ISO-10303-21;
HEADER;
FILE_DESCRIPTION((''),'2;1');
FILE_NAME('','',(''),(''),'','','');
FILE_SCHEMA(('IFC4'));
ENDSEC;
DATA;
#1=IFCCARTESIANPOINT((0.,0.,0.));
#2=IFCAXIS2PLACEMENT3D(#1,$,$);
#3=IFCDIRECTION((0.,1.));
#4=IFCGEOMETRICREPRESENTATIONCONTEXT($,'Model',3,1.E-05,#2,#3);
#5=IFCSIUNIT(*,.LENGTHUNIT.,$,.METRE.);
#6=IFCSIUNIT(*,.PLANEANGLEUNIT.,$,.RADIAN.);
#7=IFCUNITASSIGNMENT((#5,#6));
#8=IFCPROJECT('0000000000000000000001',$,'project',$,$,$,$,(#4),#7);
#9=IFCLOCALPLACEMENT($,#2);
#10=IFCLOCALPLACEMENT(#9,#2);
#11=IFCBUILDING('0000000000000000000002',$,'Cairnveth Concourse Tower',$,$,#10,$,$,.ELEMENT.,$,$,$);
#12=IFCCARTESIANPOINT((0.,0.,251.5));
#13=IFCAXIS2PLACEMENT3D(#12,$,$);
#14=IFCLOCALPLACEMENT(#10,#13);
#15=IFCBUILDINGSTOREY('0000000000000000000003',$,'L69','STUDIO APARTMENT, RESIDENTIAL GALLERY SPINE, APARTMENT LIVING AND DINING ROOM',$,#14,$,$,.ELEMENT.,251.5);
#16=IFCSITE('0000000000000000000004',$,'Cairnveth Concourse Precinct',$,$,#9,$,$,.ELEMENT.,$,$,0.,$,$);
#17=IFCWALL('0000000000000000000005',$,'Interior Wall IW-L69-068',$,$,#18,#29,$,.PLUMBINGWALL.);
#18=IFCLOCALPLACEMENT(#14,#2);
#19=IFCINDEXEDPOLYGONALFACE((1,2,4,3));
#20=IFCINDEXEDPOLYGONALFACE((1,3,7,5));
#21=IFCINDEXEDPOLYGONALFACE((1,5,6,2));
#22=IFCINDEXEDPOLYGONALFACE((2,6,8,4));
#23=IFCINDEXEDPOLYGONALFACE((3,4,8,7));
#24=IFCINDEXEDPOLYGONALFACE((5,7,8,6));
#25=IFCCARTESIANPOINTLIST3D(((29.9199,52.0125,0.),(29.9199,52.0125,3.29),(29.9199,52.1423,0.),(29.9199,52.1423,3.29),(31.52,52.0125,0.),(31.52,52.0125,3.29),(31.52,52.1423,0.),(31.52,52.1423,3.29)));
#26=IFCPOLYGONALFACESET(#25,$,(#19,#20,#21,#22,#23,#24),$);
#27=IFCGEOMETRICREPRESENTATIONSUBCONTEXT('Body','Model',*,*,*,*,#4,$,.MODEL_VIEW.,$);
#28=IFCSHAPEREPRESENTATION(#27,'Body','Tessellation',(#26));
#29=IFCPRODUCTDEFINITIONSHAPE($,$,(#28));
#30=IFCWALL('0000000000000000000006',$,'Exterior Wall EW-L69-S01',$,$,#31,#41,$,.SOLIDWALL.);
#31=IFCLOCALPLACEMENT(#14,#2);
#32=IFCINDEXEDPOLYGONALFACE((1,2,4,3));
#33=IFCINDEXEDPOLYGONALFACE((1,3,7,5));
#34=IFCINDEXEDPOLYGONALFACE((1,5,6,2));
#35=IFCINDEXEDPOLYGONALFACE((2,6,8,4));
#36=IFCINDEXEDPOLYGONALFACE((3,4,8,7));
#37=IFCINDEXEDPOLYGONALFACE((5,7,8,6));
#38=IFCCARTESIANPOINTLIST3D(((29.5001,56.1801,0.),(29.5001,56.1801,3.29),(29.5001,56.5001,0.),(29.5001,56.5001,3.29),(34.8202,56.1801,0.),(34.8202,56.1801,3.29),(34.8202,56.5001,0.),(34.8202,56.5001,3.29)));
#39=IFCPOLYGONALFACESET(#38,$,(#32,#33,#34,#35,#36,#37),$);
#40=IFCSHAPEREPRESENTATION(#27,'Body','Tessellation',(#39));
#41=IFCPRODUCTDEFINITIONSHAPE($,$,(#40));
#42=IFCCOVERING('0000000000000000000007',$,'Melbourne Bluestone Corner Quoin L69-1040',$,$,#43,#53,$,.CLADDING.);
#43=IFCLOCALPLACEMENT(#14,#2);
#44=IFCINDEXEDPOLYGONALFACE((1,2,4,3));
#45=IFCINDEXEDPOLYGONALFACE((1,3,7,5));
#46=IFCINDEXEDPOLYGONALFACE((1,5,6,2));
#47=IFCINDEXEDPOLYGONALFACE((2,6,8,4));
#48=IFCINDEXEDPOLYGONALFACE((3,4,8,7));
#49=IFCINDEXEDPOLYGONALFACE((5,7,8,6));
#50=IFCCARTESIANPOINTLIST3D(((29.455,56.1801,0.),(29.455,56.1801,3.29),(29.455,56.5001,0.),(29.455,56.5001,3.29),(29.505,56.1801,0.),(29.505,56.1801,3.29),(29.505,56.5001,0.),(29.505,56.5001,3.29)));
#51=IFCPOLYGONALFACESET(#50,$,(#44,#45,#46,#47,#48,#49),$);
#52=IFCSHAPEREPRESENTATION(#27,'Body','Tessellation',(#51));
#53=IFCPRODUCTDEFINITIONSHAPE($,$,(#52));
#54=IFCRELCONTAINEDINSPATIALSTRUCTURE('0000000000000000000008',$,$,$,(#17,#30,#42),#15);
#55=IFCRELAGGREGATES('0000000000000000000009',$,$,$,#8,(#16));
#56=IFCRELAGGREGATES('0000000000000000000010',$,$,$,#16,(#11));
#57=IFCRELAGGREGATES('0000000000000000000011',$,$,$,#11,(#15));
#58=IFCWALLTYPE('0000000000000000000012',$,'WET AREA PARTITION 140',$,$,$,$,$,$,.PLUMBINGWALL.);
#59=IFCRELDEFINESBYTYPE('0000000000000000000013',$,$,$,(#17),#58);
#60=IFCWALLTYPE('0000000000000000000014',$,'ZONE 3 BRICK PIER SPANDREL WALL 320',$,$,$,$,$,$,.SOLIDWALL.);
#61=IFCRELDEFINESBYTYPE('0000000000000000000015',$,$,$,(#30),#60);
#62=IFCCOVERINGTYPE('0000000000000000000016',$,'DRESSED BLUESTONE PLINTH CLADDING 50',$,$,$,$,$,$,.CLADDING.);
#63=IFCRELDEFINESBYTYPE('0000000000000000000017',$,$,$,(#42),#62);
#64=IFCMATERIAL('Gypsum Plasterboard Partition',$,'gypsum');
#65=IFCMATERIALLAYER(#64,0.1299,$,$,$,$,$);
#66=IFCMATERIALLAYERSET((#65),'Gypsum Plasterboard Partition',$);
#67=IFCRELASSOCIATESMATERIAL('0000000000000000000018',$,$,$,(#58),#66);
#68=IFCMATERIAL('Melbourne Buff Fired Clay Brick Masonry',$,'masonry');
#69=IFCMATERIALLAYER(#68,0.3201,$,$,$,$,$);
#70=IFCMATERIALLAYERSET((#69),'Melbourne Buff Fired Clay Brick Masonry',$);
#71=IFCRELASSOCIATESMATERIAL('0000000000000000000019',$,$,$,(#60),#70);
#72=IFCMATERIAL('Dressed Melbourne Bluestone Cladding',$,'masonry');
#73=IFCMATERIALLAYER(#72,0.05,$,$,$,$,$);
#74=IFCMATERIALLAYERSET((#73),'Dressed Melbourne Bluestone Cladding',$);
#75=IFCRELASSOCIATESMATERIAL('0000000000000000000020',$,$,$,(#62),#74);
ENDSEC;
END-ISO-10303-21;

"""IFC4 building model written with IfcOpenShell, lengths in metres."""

from ifc_helpers import new_model, si_unit, direction, frame, frame_2d, origin, place, context, subcontext, project, spatial, rectangle, extrude, material, layer, layer_set, type_object, element, save


model = new_model("IFC4")

# Units and contexts
model_context = context("Model", 3, precision=1e-05, world=origin(), true_north=direction((0.0, 1.0)))
body_context = subcontext(model_context, "Body", "Model", "MODEL_VIEW")
ifc_project = project(units=[si_unit("LENGTHUNIT", "METRE"), si_unit("PLANEANGLEUNIT", "RADIAN")], contexts=[model_context])

# Site, building, storey
site_placement = place(None, origin())
site = spatial("IfcSite", under=ifc_project, at=site_placement, Name="Cairnveth Concourse Precinct", CompositionType="ELEMENT", RefElevation=0.0)
building_placement = place(site_placement, origin())
building = spatial("IfcBuilding", under=site, at=building_placement, Name="Cairnveth Concourse Tower", CompositionType="ELEMENT")
storey_placement = place(building_placement, frame((0.0, 0.0, 251.5)))
storey = spatial("IfcBuildingStorey", under=building, at=storey_placement, Name="L69", Description="STUDIO APARTMENT, RESIDENTIAL GALLERY SPINE, APARTMENT LIVING AND DINING ROOM", CompositionType="ELEMENT", Elevation=251.5)

# Shared definitions
ifc_material_1 = material(Name="Gypsum Plasterboard Partition", Category="gypsum")

# Shared definitions
ifc_layer_1 = layer(ifc_material_1, 0.1299)
ifc_layer_set_1 = layer_set([ifc_layer_1], Name="Gypsum Plasterboard Partition")
wall_type_1 = type_object("IfcWallType", Name="WET AREA PARTITION 140", PredefinedType="PLUMBINGWALL", material=ifc_layer_set_1)

# Walls
wall_1_placement = place(storey_placement, frame((29.9199, 52.0774, 0.0), z_axis=(0.0, 0.0, 1.0), x_axis=(1.0, 0.0, 0.0)))
element("IfcWall", 1, at=wall_1_placement, inside=storey, type_object=wall_type_1, Name="Interior Wall IW-L69-068", PredefinedType="PLUMBINGWALL", context=body_context, shape_type="SweptSolid", body=[
    extrude(rectangle(XDim=1.6001, YDim=0.1299, at=frame_2d((0.8, 0.0))), origin(), (0.0, 0.0, 1.0), 3.29),
])
ifc_material_2 = material(Name="Melbourne Buff Fired Clay Brick Masonry", Category="masonry")
ifc_layer_2 = layer(ifc_material_2, 0.3201)
ifc_layer_set_2 = layer_set([ifc_layer_2], Name="Melbourne Buff Fired Clay Brick Masonry")
wall_type_2 = type_object("IfcWallType", Name="ZONE 3 BRICK PIER SPANDREL WALL 320", PredefinedType="SOLIDWALL", material=ifc_layer_set_2)
wall_2_placement = place(storey_placement, frame((29.5, 56.3401, 0.0), z_axis=(0.0, 0.0, 1.0), x_axis=(1.0, 0.0, 0.0)))
element("IfcWall", 2, at=wall_2_placement, inside=storey, type_object=wall_type_2, Name="Exterior Wall EW-L69-S01", PredefinedType="SOLIDWALL", context=body_context, shape_type="SweptSolid", body=[
    extrude(rectangle(XDim=5.3201, YDim=0.3201, at=frame_2d((2.6602, 0.0))), origin(), (0.0, 0.0, 1.0), 3.29),
])

# Covering
ifc_material_3 = material(Name="Dressed Melbourne Bluestone Cladding", Category="masonry")
ifc_layer_3 = layer(ifc_material_3, 0.05)
ifc_layer_set_3 = layer_set([ifc_layer_3], Name="Dressed Melbourne Bluestone Cladding")
covering_type = type_object("IfcCoveringType", Name="DRESSED BLUESTONE PLINTH CLADDING 50", PredefinedType="CLADDING", material=ifc_layer_set_3)
covering_placement = place(storey_placement, frame((29.48, 56.1799, 0.0), z_axis=(0.0, 0.0, 1.0), x_axis=(0.0, 1.0, 0.0)))
element("IfcCovering", 3, at=covering_placement, inside=storey, type_object=covering_type, Name="Melbourne Bluestone Corner Quoin L69-1040", PredefinedType="CLADDING", context=body_context, shape_type="SweptSolid", body=[
    extrude(rectangle(XDim=0.3201, YDim=0.05, at=frame_2d((0.1602, 0.0))), origin(), (0.0, 0.0, 1.0), 3.29),
])

save(model, "model.ifc")
